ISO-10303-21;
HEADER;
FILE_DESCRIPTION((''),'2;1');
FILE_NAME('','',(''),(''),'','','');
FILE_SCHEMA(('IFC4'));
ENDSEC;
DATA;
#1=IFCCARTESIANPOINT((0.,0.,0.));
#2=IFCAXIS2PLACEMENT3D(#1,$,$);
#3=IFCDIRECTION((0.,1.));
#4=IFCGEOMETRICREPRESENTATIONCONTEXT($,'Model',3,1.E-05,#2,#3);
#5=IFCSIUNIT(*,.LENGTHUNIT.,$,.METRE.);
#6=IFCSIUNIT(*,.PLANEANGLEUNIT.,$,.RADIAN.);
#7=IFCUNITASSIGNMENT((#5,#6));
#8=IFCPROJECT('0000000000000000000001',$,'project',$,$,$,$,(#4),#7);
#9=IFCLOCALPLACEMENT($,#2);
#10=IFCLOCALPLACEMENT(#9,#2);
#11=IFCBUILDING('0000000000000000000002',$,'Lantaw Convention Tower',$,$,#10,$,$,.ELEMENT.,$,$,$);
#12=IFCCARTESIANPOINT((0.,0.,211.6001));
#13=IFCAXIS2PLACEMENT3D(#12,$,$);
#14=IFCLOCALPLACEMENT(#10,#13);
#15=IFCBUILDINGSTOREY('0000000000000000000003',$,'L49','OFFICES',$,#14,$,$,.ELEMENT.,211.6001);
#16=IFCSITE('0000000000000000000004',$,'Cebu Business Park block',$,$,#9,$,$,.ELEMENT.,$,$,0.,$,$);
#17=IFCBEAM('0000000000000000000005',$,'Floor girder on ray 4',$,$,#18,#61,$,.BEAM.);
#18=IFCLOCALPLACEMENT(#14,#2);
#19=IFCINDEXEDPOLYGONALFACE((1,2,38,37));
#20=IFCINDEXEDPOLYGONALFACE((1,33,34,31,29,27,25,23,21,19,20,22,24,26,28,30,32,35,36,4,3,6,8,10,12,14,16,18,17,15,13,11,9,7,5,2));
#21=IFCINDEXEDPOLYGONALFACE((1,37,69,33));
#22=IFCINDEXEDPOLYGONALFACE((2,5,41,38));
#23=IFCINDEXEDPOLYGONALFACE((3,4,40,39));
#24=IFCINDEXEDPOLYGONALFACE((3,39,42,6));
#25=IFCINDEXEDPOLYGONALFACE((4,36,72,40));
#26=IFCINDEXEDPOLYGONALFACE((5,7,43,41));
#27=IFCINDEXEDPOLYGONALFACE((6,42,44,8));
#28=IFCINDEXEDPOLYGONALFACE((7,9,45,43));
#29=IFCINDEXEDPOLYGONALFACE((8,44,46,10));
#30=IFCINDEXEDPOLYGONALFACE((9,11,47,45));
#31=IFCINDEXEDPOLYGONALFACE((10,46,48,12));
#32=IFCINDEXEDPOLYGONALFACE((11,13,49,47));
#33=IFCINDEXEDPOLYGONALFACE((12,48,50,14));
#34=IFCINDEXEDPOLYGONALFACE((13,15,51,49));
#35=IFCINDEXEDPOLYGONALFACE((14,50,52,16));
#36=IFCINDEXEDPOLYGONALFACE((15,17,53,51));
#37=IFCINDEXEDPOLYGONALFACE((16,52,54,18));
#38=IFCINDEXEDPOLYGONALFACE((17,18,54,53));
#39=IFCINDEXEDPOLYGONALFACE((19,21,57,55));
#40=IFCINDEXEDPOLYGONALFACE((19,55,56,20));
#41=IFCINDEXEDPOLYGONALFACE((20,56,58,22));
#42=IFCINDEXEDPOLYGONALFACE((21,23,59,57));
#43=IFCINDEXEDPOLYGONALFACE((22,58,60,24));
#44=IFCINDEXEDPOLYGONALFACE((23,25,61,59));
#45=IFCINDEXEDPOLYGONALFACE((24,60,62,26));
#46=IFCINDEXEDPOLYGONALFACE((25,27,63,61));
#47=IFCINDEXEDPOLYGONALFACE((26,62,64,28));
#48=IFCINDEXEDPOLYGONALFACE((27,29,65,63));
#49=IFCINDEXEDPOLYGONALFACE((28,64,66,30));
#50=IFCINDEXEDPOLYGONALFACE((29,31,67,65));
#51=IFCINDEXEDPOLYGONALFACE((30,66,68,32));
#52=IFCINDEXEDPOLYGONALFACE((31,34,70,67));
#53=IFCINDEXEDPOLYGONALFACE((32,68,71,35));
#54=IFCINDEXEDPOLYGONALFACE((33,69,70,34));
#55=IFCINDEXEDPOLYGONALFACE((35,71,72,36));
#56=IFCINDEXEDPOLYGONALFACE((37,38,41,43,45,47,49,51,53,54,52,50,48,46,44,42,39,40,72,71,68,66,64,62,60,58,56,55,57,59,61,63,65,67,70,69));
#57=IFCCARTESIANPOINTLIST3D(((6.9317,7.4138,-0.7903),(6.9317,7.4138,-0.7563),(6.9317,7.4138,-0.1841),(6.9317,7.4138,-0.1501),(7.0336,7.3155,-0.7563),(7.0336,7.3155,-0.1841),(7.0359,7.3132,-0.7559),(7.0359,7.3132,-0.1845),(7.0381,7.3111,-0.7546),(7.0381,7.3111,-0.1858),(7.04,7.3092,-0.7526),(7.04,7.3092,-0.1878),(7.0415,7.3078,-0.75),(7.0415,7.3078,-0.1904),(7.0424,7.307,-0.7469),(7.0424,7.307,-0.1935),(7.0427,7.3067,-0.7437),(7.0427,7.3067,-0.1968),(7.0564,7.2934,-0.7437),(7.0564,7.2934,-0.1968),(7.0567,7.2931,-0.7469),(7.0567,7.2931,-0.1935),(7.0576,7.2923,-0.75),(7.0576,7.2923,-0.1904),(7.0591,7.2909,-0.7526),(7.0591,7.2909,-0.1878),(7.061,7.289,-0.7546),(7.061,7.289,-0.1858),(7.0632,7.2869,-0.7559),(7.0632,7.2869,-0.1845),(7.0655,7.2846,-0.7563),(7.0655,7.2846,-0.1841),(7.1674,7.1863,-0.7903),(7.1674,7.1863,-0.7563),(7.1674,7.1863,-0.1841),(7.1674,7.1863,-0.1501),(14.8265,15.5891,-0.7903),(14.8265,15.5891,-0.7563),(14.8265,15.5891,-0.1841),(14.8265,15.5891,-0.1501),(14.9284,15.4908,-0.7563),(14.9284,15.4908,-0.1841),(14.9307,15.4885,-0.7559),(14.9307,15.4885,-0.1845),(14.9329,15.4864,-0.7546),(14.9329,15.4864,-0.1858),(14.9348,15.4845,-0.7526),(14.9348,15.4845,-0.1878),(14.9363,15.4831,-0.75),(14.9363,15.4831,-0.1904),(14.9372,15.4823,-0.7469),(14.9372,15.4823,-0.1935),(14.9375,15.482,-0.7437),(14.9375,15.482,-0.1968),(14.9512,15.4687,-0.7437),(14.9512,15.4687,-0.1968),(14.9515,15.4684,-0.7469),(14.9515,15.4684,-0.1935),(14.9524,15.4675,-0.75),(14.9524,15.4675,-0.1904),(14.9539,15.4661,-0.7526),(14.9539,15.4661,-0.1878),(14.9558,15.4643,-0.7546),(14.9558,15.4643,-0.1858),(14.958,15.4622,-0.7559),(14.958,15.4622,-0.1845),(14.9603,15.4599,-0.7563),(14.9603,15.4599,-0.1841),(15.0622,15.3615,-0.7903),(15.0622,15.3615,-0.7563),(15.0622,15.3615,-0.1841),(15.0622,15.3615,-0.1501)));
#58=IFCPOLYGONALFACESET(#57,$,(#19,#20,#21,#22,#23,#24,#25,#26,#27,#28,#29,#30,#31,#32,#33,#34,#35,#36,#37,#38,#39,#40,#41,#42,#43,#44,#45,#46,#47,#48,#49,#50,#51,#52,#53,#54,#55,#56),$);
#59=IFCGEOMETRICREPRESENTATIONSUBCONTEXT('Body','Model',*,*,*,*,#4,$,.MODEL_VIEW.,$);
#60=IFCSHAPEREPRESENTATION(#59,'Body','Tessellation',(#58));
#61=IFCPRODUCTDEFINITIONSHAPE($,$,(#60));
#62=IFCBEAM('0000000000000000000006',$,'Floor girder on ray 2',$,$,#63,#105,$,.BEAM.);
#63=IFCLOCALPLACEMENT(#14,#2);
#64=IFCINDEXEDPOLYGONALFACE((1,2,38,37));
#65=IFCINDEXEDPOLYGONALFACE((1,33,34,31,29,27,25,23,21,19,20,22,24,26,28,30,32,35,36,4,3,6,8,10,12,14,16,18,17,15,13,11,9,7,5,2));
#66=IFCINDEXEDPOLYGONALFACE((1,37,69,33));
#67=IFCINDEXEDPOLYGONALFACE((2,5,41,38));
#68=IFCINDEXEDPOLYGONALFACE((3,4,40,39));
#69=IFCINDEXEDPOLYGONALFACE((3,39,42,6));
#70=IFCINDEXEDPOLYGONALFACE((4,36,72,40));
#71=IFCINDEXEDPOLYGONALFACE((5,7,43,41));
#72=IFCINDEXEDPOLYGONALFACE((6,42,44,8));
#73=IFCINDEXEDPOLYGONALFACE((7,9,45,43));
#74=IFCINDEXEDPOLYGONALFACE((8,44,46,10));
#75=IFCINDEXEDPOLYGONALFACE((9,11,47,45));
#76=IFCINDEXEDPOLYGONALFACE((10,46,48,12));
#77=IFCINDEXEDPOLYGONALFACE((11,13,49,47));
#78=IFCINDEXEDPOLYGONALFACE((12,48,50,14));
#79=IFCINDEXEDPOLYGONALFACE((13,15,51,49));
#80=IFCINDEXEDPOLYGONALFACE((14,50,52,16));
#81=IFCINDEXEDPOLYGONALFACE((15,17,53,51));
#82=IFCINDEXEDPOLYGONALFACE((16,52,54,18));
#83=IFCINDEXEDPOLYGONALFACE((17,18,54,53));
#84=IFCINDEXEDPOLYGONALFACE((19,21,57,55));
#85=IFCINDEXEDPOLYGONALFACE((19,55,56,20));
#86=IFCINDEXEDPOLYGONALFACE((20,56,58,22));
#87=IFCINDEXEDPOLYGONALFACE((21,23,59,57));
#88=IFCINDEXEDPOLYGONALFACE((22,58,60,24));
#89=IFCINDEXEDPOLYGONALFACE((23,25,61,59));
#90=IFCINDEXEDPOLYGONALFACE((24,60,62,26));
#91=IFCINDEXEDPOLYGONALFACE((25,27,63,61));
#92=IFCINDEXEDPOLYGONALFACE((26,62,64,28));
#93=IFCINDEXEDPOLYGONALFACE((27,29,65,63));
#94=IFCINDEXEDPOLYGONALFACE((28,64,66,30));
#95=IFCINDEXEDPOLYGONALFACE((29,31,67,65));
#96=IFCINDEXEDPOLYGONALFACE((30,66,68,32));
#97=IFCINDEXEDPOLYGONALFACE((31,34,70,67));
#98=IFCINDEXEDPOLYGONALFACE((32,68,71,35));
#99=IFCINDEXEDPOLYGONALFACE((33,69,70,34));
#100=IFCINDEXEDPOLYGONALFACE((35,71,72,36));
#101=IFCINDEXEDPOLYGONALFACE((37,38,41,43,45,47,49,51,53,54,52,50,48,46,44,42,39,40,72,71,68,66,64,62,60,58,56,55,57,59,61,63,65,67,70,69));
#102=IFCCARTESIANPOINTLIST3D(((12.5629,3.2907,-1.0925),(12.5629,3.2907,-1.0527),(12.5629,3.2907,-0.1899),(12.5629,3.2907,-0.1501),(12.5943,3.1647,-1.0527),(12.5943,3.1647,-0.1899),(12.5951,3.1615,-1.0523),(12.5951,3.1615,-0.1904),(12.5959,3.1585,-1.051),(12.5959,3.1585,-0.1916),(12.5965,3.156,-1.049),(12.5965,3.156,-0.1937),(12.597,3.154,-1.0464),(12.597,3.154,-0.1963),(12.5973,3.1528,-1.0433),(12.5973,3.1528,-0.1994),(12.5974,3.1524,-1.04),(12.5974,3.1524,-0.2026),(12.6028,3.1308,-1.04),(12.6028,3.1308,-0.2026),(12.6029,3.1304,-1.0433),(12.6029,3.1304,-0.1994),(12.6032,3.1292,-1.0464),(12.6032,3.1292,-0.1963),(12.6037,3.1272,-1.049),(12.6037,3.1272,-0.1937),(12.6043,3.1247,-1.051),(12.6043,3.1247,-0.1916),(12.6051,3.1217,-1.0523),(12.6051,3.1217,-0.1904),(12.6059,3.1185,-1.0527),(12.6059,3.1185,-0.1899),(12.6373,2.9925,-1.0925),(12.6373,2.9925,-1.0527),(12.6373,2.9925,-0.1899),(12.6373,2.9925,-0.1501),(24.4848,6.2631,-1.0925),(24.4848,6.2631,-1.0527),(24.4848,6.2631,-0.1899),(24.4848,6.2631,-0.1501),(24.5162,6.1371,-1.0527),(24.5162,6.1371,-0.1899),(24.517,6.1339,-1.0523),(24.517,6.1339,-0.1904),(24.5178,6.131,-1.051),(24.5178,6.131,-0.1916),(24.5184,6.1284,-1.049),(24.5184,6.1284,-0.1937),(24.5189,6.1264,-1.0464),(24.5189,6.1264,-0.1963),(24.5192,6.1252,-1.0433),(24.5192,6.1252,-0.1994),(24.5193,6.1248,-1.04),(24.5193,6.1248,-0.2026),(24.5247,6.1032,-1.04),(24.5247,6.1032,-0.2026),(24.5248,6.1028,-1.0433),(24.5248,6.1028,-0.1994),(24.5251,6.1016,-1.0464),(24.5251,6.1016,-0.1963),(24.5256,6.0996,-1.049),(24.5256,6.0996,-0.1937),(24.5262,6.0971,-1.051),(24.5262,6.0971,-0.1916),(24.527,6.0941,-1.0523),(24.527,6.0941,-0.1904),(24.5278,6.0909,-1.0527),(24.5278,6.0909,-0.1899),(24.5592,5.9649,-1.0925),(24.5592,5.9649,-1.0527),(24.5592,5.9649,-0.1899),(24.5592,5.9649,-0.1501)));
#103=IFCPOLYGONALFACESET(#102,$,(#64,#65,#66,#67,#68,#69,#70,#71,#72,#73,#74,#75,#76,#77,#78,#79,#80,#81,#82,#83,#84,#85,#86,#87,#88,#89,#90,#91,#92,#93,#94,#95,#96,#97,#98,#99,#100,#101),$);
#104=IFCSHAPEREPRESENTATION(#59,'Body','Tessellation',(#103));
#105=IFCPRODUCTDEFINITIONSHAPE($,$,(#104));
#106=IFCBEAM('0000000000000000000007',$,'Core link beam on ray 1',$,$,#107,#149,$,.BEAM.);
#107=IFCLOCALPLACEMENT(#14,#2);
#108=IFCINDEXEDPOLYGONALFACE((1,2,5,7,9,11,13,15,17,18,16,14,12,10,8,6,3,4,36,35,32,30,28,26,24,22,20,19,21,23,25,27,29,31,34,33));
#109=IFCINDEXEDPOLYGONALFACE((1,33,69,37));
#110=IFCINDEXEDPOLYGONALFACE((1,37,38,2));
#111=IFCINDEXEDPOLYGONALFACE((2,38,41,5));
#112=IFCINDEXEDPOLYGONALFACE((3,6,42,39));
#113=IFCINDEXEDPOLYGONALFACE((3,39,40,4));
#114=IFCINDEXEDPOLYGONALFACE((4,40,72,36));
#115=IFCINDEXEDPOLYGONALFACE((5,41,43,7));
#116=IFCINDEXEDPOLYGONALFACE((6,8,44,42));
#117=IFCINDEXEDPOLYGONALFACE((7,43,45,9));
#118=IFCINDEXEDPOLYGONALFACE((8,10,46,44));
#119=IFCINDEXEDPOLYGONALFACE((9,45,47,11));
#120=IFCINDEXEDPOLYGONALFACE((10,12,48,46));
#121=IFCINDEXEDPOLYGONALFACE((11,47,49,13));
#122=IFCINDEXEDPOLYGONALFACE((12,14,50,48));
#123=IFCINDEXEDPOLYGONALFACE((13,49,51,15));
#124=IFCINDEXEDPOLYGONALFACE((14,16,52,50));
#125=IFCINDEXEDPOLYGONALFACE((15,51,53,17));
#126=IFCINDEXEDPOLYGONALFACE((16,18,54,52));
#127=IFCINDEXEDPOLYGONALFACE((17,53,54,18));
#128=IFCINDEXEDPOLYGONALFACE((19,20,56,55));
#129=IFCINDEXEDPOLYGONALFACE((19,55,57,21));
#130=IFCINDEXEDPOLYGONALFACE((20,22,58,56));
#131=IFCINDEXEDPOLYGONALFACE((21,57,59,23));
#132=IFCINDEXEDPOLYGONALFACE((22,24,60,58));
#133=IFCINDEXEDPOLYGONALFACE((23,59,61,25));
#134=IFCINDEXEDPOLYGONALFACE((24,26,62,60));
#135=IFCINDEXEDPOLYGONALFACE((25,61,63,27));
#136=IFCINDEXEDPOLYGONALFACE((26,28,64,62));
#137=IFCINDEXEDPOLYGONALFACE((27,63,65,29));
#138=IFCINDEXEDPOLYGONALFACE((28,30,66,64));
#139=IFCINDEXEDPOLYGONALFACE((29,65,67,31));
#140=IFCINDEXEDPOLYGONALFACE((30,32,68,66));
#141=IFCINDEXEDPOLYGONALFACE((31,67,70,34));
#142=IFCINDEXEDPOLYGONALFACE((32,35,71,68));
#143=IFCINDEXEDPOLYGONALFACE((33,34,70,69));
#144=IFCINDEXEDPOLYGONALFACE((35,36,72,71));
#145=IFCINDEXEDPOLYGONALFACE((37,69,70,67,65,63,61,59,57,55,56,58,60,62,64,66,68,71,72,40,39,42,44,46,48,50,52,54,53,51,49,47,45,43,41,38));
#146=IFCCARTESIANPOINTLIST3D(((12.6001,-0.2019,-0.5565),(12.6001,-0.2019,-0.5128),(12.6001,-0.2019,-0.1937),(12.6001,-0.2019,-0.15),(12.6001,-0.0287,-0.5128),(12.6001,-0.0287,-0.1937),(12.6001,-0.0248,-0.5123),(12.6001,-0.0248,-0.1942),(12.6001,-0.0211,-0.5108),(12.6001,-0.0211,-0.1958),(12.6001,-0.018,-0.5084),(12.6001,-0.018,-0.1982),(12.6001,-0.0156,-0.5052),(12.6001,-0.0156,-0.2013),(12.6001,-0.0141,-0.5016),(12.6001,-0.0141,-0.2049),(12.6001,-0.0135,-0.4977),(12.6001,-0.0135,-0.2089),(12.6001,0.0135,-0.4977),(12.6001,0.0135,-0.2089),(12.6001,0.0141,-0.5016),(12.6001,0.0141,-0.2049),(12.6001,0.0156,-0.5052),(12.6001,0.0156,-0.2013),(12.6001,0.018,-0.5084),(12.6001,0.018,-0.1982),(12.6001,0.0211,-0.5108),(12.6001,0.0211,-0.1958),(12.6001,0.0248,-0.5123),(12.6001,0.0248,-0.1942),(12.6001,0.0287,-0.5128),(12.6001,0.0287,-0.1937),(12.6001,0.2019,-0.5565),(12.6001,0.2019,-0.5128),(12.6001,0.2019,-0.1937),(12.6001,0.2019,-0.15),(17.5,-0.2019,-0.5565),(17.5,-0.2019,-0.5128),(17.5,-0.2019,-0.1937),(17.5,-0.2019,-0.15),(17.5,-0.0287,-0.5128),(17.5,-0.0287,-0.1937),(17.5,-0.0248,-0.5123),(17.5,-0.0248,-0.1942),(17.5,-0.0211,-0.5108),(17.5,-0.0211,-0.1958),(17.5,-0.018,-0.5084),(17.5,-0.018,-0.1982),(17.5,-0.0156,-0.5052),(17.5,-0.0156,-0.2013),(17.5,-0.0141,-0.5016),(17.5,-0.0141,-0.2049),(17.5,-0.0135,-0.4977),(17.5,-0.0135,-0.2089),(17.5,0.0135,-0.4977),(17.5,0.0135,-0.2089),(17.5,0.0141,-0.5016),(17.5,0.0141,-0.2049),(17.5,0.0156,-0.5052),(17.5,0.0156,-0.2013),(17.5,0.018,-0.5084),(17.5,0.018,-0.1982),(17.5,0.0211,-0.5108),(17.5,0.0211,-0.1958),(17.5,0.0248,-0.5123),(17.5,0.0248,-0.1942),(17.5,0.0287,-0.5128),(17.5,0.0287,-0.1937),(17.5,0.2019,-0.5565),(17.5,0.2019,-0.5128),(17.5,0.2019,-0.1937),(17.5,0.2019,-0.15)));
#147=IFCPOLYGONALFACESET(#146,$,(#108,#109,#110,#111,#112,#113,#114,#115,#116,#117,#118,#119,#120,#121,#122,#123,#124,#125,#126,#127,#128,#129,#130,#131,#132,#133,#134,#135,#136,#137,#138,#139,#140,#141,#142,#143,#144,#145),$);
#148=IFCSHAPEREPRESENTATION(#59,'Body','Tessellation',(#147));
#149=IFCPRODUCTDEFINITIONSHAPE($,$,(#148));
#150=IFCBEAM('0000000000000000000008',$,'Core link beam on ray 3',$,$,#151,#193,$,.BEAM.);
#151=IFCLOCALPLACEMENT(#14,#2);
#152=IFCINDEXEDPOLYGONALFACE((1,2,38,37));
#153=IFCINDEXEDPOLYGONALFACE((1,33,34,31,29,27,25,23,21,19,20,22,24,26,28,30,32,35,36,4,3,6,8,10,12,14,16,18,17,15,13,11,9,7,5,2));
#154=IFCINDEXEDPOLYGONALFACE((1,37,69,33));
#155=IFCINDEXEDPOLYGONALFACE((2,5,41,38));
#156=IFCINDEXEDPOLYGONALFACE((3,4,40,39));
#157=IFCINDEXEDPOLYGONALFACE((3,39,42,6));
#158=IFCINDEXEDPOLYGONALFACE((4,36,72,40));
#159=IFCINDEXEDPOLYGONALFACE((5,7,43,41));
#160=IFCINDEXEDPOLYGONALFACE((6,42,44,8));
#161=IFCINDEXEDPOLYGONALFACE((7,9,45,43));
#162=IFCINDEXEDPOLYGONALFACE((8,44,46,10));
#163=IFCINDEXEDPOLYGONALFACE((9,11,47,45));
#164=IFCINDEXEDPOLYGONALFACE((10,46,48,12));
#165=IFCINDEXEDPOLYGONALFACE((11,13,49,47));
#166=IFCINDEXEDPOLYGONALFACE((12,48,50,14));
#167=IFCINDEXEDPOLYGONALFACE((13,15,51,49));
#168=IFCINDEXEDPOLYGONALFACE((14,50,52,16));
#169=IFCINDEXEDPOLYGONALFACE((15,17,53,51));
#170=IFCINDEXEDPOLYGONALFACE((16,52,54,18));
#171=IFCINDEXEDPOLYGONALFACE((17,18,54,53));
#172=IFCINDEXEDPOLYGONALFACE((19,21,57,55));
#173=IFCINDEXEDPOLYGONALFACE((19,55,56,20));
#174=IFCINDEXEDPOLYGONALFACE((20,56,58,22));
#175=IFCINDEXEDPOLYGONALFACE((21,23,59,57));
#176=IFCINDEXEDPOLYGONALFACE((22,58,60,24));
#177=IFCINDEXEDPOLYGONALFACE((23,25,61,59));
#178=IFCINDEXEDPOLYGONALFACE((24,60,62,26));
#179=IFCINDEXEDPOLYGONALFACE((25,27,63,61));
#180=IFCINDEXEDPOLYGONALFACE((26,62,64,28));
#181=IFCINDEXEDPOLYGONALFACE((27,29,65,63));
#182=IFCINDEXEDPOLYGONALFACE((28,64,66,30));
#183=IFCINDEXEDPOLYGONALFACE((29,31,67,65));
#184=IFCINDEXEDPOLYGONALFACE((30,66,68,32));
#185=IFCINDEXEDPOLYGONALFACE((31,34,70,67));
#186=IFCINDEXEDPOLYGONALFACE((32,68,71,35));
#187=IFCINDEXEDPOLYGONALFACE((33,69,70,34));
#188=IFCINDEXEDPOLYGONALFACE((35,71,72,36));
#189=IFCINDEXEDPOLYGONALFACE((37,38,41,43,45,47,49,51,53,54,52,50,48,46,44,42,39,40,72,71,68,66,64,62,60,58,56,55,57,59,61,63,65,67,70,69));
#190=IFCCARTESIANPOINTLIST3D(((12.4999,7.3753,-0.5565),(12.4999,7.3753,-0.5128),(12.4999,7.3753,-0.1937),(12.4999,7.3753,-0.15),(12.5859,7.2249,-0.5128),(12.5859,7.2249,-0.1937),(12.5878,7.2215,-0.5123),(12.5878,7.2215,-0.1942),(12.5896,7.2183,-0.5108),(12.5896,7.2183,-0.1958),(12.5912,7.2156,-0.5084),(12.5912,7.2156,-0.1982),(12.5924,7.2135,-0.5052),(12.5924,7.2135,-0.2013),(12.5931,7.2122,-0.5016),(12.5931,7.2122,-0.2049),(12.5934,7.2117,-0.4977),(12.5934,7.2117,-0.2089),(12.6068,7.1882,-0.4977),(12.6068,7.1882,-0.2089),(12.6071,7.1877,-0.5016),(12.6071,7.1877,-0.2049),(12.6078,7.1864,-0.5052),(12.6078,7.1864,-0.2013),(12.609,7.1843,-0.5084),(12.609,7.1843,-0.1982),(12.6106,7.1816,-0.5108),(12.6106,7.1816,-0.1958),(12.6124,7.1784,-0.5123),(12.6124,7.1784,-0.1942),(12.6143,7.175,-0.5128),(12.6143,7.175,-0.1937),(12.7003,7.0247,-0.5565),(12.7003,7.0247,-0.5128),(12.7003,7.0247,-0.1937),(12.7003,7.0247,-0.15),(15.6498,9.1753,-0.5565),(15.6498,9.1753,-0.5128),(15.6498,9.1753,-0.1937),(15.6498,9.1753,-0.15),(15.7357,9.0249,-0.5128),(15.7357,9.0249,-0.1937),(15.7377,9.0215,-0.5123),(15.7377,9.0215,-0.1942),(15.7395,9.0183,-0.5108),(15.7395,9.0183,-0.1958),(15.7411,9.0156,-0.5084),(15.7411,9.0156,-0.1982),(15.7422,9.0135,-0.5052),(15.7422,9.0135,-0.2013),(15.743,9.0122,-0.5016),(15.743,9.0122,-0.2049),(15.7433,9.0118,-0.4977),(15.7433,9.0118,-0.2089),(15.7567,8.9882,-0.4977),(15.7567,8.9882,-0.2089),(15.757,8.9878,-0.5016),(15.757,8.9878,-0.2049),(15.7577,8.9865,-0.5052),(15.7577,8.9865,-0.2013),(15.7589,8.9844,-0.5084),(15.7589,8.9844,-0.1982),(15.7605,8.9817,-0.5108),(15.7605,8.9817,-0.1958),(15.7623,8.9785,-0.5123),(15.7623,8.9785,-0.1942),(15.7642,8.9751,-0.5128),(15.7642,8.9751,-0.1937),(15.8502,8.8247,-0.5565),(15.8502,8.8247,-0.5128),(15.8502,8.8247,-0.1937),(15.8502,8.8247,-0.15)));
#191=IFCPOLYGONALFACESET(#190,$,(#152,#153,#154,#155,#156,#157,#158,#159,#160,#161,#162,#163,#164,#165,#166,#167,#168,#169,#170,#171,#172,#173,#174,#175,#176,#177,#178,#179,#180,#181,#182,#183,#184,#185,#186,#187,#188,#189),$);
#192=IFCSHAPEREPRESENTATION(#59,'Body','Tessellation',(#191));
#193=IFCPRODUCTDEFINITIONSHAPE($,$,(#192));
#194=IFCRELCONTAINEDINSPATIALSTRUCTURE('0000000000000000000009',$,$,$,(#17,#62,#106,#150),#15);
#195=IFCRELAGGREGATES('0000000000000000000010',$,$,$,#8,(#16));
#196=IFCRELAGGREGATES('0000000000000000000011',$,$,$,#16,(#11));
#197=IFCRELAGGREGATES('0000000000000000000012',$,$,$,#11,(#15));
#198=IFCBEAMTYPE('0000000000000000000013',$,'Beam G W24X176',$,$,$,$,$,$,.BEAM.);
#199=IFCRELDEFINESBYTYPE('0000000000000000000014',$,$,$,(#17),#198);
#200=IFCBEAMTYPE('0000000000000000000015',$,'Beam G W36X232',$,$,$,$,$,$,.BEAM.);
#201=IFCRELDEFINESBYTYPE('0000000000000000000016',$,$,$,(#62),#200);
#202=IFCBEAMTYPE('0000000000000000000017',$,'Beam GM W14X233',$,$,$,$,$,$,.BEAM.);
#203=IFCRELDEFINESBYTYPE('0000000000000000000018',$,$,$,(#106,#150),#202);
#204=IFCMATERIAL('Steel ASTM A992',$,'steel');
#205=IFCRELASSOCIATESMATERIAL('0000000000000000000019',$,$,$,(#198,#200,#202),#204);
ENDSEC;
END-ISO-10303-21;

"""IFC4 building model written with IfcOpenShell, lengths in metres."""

from ifc_helpers import new_model, si_unit, direction, frame, origin, origin_2d, place, context, subcontext, project, spatial, i_section, extrude, material, material_profile, profile_set, type_object, element, save


model = new_model("IFC4")

# Units and contexts
model_context = context("Model", 3, precision=1e-05, world=origin(), true_north=direction((0.0, 1.0)))
body_context = subcontext(model_context, "Body", "Model", "MODEL_VIEW")
ifc_project = project(units=[si_unit("LENGTHUNIT", "METRE"), si_unit("PLANEANGLEUNIT", "RADIAN")], contexts=[model_context])

# Site, building, storey
site_placement = place(None, origin())
site = spatial("IfcSite", under=ifc_project, at=site_placement, Name="Cebu Business Park block", CompositionType="ELEMENT", RefElevation=0.0)
building_placement = place(site_placement, origin())
building = spatial("IfcBuilding", under=site, at=building_placement, Name="Lantaw Convention Tower", CompositionType="ELEMENT")
storey_placement = place(building_placement, frame((0.0, 0.0, 211.6001)))
storey = spatial("IfcBuildingStorey", under=building, at=storey_placement, Name="L49", Description="OFFICES", CompositionType="ELEMENT", Elevation=211.6001)

# Beams
ifc_material_1 = material(Name="Steel ASTM A992", Category="steel")
ifc_material_profile_1 = material_profile(ifc_material_1, i_section(OverallWidth=0.3276, OverallDepth=0.6401, WebThickness=0.019, FlangeThickness=0.0339, FilletRadius=0.0127, at=origin_2d()), Name="W24X176")
ifc_profile_set_1 = profile_set([ifc_material_profile_1], Name="Steel ASTM A992")
beam_type_1 = type_object("IfcBeamType", Name="Beam G W24X176", PredefinedType="BEAM", material=ifc_profile_set_1)
beam_1_placement = place(storey_placement, frame((7.0496, 7.3, -0.4702), z_axis=(0.694658, 0.71934, 0.0), x_axis=(-0.71934, 0.694658, 0.0)))
element("IfcBeam", 1, at=beam_1_placement, inside=storey, type_object=beam_type_1, Name="Floor girder on ray 4", PredefinedType="BEAM", context=body_context, shape_type="SweptSolid", body=[
    extrude(i_section(OverallWidth=0.3276, OverallDepth=0.6401, WebThickness=0.019, FlangeThickness=0.0339, FilletRadius=0.0127, at=origin_2d()), origin(), (0.0, 0.0, 1.0), 11.365),
])
ifc_material_profile_2 = material_profile(ifc_material_1, i_section(OverallWidth=0.3074, OverallDepth=0.9424, WebThickness=0.0222, FlangeThickness=0.0398, FilletRadius=0.0127, at=origin_2d()), Name="W36X232")
ifc_profile_set_2 = profile_set([ifc_material_profile_2], Name="Steel ASTM A992")
beam_type_2 = type_object("IfcBeamType", Name="Beam G W36X232", PredefinedType="BEAM", material=ifc_profile_set_2)
beam_2_placement = place(storey_placement, frame((12.6001, 3.1416, -0.6213), z_axis=(0.970297, 0.241918, 0.0), x_axis=(-0.241918, 0.970297, 0.0)))
element("IfcBeam", 2, at=beam_2_placement, inside=storey, type_object=beam_type_2, Name="Floor girder on ray 2", PredefinedType="BEAM", context=body_context, shape_type="SweptSolid", body=[
    extrude(i_section(OverallWidth=0.3074, OverallDepth=0.9424, WebThickness=0.0222, FlangeThickness=0.0398, FilletRadius=0.0127, at=origin_2d()), origin(), (0.0, 0.0, 1.0), 12.2869),
])
ifc_material_profile_3 = material_profile(ifc_material_1, i_section(OverallWidth=0.4038, OverallDepth=0.4065, WebThickness=0.0271, FlangeThickness=0.0437, FilletRadius=0.0151, at=origin_2d()), Name="W14X233")
ifc_profile_set_3 = profile_set([ifc_material_profile_3], Name="Steel ASTM A992")
beam_type_3 = type_object("IfcBeamType", Name="Beam GM W14X233", PredefinedType="BEAM", material=ifc_profile_set_3)
beam_3_placement = place(storey_placement, frame((12.6001, 0.0, -0.3533), z_axis=(1.0, 0.0, 0.0), x_axis=(0.0, 1.0, 0.0)))
element("IfcBeam", 3, at=beam_3_placement, inside=storey, type_object=beam_type_3, Name="Core link beam on ray 1", PredefinedType="BEAM", context=body_context, shape_type="SweptSolid", body=[
    extrude(i_section(OverallWidth=0.4038, OverallDepth=0.4065, WebThickness=0.0271, FlangeThickness=0.0437, FilletRadius=0.0151, at=origin_2d()), origin(), (0.0, 0.0, 1.0), 4.8999),
])
beam_4_placement = place(storey_placement, frame((12.6001, 7.2, -0.3533), z_axis=(0.868231, 0.496161, 0.0), x_axis=(-0.496161, 0.868231, 0.0)))
element("IfcBeam", 4, at=beam_4_placement, inside=storey, type_object=beam_type_3, Name="Core link beam on ray 3", PredefinedType="BEAM", context=body_context, shape_type="SweptSolid", body=[
    extrude(i_section(OverallWidth=0.4038, OverallDepth=0.4065, WebThickness=0.0271, FlangeThickness=0.0437, FilletRadius=0.0151, at=origin_2d()), origin(), (0.0, 0.0, 1.0), 3.6279),
])

save(model, "model.ifc")
